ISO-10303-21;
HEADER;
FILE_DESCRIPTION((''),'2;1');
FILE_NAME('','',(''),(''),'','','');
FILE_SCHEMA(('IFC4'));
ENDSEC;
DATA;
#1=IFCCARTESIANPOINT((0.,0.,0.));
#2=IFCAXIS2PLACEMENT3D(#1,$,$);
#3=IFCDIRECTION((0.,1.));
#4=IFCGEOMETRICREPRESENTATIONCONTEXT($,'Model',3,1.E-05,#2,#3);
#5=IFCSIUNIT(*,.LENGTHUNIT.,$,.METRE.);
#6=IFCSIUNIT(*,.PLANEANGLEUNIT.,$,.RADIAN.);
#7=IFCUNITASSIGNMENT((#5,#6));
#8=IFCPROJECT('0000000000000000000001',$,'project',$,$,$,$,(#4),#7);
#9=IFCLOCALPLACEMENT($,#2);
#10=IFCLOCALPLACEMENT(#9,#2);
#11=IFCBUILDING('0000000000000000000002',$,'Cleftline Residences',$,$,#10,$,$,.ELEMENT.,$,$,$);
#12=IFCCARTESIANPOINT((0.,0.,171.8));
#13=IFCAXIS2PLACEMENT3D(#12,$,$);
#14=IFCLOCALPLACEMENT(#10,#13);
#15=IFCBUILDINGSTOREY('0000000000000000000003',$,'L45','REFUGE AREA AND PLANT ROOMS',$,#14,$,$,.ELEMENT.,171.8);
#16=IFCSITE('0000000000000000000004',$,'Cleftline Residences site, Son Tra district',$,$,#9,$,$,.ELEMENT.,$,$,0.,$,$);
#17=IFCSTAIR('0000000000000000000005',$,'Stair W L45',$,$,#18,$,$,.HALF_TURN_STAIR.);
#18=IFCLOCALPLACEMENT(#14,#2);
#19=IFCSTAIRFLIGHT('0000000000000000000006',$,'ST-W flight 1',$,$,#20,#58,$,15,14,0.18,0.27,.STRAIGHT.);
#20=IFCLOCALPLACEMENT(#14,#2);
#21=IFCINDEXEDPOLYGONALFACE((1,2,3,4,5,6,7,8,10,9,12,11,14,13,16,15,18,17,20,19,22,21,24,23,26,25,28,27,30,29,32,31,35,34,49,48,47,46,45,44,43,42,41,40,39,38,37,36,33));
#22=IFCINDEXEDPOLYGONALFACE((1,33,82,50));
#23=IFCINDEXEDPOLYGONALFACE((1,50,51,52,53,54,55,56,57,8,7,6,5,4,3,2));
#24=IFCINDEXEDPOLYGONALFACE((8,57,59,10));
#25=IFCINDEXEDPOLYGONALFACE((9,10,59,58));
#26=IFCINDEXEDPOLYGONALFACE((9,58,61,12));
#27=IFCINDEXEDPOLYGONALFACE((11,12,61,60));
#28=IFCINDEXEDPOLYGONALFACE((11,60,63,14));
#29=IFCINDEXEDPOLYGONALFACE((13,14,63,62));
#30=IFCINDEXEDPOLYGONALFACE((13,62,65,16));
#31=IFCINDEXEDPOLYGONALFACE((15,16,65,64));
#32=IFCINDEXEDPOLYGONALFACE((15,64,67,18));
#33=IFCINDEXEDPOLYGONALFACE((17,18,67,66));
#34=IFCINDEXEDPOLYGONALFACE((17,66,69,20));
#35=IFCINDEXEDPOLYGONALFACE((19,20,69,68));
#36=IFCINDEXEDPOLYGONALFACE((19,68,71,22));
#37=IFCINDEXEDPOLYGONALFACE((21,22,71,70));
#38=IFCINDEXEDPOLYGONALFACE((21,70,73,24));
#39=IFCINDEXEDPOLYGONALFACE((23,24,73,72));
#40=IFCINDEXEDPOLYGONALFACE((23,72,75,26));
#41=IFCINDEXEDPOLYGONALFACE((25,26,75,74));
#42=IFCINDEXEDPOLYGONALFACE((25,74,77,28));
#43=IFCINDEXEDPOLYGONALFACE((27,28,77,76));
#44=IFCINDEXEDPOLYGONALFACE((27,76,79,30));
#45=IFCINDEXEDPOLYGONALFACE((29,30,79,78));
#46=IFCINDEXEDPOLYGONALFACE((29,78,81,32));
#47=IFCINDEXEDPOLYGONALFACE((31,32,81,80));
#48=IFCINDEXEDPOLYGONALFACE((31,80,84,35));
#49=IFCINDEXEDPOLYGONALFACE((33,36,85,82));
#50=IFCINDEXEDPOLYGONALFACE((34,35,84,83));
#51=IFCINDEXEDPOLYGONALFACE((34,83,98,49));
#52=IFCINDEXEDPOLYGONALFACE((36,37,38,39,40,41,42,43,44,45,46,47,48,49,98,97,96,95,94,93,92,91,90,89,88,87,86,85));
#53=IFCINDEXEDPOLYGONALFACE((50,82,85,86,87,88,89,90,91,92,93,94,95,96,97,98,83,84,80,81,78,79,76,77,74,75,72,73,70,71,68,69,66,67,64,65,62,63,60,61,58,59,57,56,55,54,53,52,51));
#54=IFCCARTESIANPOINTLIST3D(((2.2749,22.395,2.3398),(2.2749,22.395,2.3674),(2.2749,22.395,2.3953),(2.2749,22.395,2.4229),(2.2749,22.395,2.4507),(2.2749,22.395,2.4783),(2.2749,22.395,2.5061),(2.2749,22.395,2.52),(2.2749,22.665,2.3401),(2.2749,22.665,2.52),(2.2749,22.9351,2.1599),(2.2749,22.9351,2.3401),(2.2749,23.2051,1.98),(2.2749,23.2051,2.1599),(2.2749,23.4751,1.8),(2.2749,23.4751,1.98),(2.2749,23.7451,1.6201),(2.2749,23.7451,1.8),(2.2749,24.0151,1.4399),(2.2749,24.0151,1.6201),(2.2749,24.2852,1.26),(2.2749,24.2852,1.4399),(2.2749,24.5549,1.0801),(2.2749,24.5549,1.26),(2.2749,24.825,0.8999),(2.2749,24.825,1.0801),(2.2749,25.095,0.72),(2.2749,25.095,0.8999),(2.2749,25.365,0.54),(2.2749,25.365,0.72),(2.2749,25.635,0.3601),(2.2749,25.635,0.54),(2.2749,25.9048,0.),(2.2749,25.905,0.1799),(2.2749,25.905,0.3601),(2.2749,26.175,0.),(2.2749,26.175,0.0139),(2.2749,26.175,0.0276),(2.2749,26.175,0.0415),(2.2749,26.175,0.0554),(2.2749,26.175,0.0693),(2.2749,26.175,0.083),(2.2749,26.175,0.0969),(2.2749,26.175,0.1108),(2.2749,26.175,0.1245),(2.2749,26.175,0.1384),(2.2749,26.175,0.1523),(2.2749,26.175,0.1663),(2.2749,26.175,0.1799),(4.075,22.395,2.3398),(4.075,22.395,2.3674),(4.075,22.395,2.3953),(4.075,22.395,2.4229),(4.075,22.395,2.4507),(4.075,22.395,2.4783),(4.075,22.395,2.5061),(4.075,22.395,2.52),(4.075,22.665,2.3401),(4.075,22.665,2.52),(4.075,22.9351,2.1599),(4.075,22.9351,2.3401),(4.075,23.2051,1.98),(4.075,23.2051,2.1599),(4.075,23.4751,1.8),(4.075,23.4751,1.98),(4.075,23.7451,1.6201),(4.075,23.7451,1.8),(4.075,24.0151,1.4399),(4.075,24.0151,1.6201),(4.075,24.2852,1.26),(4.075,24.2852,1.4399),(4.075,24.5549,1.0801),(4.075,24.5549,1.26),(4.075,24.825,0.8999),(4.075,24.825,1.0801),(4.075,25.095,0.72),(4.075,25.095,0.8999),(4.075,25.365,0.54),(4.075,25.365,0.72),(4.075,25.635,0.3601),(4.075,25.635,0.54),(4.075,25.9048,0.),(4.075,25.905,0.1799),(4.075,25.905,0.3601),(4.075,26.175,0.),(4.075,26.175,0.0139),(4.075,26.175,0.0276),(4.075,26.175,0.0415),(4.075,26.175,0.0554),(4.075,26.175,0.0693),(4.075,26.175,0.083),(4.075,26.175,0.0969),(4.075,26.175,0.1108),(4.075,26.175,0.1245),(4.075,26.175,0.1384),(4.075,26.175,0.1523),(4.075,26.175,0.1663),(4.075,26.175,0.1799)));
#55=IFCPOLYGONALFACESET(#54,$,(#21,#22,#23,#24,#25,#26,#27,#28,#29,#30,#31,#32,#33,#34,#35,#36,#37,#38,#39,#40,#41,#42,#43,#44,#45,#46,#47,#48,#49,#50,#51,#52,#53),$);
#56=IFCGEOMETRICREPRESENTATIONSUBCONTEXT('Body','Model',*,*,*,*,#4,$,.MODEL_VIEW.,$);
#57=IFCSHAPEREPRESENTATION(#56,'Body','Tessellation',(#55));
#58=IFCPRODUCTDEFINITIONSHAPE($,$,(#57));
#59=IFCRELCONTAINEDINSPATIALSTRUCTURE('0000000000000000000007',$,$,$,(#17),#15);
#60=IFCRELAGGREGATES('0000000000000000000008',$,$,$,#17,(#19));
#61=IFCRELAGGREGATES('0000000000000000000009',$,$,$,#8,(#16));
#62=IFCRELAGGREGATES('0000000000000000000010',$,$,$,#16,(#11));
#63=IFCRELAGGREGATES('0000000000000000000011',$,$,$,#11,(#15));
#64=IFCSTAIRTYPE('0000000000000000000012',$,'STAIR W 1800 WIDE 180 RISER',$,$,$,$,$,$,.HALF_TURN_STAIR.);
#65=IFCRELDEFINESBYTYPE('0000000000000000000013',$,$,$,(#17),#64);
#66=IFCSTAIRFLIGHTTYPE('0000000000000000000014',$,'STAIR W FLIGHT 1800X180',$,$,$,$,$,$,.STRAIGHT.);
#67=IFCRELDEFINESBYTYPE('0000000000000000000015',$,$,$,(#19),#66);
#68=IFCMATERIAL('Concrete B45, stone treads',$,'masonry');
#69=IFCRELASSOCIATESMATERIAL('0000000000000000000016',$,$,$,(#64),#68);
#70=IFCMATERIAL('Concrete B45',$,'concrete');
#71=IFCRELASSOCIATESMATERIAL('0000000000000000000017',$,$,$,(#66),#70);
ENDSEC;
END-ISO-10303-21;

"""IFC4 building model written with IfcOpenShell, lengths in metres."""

from ifc_helpers import new_model, si_unit, direction, frame, origin, place, context, subcontext, project, spatial, polyline, outline, extrude, material, type_object, element, aggregate, save


model = new_model("IFC4")

# Units and contexts
model_context = context("Model", 3, precision=1e-05, world=origin(), true_north=direction((0.0, 1.0)))
body_context = subcontext(model_context, "Body", "Model", "MODEL_VIEW")
ifc_project = project(units=[si_unit("LENGTHUNIT", "METRE"), si_unit("PLANEANGLEUNIT", "RADIAN")], contexts=[model_context])

# Site, building, storey
site_placement = place(None, origin())
site = spatial("IfcSite", under=ifc_project, at=site_placement, Name="Cleftline Residences site, Son Tra district", CompositionType="ELEMENT", RefElevation=0.0)
building_placement = place(site_placement, origin())
building = spatial("IfcBuilding", under=site, at=building_placement, Name="Cleftline Residences", CompositionType="ELEMENT")
storey_placement = place(building_placement, frame((0.0, 0.0, 171.8)))
storey = spatial("IfcBuildingStorey", under=building, at=storey_placement, Name="L45", Description="REFUGE AREA AND PLANT ROOMS", CompositionType="ELEMENT", Elevation=171.8)

# Stair, stair flight
ifc_material_1 = material(Name="Concrete B45, stone treads", Category="masonry")
stair_type = type_object("IfcStairType", Name="STAIR W 1800 WIDE 180 RISER", PredefinedType="HALF_TURN_STAIR", material=ifc_material_1)
stair_placement = place(storey_placement, origin())
stair = element("IfcStair", 1, at=stair_placement, inside=storey, type_object=stair_type, Name="Stair W L45", PredefinedType="HALF_TURN_STAIR")
ifc_material_2 = material(Name="Concrete B45", Category="concrete")
stair_flight_type = type_object("IfcStairFlightType", Name="STAIR W FLIGHT 1800X180", PredefinedType="STRAIGHT", material=ifc_material_2)
stair_flight_placement = place(storey_placement, frame((3.175, 26.175, 0.0), z_axis=(0.0, 0.0, 1.0), x_axis=(0.0, -1.0, 0.0)))
stair_flight = element("IfcStairFlight", 2, at=stair_flight_placement, type_object=stair_flight_type, Name="ST-W flight 1", NumberOfRisers=15, NumberOfTreads=14, PredefinedType="STRAIGHT", RiserHeight=0.18, TreadLength=0.27, context=body_context, shape_type="SweptSolid", body=[
    extrude(outline(polyline([(0.0, 0.0), (0.0, 0.0139), (0.0, 0.0276), (0.0, 0.0415), (0.0, 0.0554), (0.0, 0.0693), (0.0, 0.083), (0.0, 0.0969), (0.0, 0.1108), (0.0, 0.1245), (0.0, 0.1384), (0.0, 0.1523), (0.0, 0.1663), (0.0, 0.1799), (0.27, 0.1799), (0.27, 0.3601), (0.54, 0.3601), (0.54, 0.54), (0.8101, 0.54), (0.8101, 0.72), (1.0801, 0.72), (1.0801, 0.8999), (1.3501, 0.8999), (1.3501, 1.0801), (1.6201, 1.0801), (1.6201, 1.26), (1.8899, 1.26), (1.8899, 1.4399), (2.1599, 1.4399), (2.1599, 1.6201), (2.4299, 1.6201), (2.4299, 1.8), (2.7, 1.8), (2.7, 1.98), (2.97, 1.98), (2.97, 2.1599), (3.24, 2.1599), (3.24, 2.3401), (3.51, 2.3401), (3.51, 2.52), (3.78, 2.52), (3.78, 2.7), (3.78, 2.6724), (3.78, 2.6445), (3.78, 2.6169), (3.78, 2.5891), (3.78, 2.5615), (3.78, 2.5337), (3.78, 2.5061), (3.78, 2.4783), (3.78, 2.4507), (3.78, 2.4229), (3.78, 2.3953), (3.78, 2.3674), (3.78, 2.3398), (0.2703, 0.0), (0.0, 0.0)])), frame((0.0, 0.8999, 0.0), z_axis=(0.0, -1.0, 0.0), x_axis=(1.0, 0.0, 0.0)), (0.0, 0.0, 1.0), 1.8),
])
aggregate(stair, [stair_flight])

save(model, "model.ifc")
